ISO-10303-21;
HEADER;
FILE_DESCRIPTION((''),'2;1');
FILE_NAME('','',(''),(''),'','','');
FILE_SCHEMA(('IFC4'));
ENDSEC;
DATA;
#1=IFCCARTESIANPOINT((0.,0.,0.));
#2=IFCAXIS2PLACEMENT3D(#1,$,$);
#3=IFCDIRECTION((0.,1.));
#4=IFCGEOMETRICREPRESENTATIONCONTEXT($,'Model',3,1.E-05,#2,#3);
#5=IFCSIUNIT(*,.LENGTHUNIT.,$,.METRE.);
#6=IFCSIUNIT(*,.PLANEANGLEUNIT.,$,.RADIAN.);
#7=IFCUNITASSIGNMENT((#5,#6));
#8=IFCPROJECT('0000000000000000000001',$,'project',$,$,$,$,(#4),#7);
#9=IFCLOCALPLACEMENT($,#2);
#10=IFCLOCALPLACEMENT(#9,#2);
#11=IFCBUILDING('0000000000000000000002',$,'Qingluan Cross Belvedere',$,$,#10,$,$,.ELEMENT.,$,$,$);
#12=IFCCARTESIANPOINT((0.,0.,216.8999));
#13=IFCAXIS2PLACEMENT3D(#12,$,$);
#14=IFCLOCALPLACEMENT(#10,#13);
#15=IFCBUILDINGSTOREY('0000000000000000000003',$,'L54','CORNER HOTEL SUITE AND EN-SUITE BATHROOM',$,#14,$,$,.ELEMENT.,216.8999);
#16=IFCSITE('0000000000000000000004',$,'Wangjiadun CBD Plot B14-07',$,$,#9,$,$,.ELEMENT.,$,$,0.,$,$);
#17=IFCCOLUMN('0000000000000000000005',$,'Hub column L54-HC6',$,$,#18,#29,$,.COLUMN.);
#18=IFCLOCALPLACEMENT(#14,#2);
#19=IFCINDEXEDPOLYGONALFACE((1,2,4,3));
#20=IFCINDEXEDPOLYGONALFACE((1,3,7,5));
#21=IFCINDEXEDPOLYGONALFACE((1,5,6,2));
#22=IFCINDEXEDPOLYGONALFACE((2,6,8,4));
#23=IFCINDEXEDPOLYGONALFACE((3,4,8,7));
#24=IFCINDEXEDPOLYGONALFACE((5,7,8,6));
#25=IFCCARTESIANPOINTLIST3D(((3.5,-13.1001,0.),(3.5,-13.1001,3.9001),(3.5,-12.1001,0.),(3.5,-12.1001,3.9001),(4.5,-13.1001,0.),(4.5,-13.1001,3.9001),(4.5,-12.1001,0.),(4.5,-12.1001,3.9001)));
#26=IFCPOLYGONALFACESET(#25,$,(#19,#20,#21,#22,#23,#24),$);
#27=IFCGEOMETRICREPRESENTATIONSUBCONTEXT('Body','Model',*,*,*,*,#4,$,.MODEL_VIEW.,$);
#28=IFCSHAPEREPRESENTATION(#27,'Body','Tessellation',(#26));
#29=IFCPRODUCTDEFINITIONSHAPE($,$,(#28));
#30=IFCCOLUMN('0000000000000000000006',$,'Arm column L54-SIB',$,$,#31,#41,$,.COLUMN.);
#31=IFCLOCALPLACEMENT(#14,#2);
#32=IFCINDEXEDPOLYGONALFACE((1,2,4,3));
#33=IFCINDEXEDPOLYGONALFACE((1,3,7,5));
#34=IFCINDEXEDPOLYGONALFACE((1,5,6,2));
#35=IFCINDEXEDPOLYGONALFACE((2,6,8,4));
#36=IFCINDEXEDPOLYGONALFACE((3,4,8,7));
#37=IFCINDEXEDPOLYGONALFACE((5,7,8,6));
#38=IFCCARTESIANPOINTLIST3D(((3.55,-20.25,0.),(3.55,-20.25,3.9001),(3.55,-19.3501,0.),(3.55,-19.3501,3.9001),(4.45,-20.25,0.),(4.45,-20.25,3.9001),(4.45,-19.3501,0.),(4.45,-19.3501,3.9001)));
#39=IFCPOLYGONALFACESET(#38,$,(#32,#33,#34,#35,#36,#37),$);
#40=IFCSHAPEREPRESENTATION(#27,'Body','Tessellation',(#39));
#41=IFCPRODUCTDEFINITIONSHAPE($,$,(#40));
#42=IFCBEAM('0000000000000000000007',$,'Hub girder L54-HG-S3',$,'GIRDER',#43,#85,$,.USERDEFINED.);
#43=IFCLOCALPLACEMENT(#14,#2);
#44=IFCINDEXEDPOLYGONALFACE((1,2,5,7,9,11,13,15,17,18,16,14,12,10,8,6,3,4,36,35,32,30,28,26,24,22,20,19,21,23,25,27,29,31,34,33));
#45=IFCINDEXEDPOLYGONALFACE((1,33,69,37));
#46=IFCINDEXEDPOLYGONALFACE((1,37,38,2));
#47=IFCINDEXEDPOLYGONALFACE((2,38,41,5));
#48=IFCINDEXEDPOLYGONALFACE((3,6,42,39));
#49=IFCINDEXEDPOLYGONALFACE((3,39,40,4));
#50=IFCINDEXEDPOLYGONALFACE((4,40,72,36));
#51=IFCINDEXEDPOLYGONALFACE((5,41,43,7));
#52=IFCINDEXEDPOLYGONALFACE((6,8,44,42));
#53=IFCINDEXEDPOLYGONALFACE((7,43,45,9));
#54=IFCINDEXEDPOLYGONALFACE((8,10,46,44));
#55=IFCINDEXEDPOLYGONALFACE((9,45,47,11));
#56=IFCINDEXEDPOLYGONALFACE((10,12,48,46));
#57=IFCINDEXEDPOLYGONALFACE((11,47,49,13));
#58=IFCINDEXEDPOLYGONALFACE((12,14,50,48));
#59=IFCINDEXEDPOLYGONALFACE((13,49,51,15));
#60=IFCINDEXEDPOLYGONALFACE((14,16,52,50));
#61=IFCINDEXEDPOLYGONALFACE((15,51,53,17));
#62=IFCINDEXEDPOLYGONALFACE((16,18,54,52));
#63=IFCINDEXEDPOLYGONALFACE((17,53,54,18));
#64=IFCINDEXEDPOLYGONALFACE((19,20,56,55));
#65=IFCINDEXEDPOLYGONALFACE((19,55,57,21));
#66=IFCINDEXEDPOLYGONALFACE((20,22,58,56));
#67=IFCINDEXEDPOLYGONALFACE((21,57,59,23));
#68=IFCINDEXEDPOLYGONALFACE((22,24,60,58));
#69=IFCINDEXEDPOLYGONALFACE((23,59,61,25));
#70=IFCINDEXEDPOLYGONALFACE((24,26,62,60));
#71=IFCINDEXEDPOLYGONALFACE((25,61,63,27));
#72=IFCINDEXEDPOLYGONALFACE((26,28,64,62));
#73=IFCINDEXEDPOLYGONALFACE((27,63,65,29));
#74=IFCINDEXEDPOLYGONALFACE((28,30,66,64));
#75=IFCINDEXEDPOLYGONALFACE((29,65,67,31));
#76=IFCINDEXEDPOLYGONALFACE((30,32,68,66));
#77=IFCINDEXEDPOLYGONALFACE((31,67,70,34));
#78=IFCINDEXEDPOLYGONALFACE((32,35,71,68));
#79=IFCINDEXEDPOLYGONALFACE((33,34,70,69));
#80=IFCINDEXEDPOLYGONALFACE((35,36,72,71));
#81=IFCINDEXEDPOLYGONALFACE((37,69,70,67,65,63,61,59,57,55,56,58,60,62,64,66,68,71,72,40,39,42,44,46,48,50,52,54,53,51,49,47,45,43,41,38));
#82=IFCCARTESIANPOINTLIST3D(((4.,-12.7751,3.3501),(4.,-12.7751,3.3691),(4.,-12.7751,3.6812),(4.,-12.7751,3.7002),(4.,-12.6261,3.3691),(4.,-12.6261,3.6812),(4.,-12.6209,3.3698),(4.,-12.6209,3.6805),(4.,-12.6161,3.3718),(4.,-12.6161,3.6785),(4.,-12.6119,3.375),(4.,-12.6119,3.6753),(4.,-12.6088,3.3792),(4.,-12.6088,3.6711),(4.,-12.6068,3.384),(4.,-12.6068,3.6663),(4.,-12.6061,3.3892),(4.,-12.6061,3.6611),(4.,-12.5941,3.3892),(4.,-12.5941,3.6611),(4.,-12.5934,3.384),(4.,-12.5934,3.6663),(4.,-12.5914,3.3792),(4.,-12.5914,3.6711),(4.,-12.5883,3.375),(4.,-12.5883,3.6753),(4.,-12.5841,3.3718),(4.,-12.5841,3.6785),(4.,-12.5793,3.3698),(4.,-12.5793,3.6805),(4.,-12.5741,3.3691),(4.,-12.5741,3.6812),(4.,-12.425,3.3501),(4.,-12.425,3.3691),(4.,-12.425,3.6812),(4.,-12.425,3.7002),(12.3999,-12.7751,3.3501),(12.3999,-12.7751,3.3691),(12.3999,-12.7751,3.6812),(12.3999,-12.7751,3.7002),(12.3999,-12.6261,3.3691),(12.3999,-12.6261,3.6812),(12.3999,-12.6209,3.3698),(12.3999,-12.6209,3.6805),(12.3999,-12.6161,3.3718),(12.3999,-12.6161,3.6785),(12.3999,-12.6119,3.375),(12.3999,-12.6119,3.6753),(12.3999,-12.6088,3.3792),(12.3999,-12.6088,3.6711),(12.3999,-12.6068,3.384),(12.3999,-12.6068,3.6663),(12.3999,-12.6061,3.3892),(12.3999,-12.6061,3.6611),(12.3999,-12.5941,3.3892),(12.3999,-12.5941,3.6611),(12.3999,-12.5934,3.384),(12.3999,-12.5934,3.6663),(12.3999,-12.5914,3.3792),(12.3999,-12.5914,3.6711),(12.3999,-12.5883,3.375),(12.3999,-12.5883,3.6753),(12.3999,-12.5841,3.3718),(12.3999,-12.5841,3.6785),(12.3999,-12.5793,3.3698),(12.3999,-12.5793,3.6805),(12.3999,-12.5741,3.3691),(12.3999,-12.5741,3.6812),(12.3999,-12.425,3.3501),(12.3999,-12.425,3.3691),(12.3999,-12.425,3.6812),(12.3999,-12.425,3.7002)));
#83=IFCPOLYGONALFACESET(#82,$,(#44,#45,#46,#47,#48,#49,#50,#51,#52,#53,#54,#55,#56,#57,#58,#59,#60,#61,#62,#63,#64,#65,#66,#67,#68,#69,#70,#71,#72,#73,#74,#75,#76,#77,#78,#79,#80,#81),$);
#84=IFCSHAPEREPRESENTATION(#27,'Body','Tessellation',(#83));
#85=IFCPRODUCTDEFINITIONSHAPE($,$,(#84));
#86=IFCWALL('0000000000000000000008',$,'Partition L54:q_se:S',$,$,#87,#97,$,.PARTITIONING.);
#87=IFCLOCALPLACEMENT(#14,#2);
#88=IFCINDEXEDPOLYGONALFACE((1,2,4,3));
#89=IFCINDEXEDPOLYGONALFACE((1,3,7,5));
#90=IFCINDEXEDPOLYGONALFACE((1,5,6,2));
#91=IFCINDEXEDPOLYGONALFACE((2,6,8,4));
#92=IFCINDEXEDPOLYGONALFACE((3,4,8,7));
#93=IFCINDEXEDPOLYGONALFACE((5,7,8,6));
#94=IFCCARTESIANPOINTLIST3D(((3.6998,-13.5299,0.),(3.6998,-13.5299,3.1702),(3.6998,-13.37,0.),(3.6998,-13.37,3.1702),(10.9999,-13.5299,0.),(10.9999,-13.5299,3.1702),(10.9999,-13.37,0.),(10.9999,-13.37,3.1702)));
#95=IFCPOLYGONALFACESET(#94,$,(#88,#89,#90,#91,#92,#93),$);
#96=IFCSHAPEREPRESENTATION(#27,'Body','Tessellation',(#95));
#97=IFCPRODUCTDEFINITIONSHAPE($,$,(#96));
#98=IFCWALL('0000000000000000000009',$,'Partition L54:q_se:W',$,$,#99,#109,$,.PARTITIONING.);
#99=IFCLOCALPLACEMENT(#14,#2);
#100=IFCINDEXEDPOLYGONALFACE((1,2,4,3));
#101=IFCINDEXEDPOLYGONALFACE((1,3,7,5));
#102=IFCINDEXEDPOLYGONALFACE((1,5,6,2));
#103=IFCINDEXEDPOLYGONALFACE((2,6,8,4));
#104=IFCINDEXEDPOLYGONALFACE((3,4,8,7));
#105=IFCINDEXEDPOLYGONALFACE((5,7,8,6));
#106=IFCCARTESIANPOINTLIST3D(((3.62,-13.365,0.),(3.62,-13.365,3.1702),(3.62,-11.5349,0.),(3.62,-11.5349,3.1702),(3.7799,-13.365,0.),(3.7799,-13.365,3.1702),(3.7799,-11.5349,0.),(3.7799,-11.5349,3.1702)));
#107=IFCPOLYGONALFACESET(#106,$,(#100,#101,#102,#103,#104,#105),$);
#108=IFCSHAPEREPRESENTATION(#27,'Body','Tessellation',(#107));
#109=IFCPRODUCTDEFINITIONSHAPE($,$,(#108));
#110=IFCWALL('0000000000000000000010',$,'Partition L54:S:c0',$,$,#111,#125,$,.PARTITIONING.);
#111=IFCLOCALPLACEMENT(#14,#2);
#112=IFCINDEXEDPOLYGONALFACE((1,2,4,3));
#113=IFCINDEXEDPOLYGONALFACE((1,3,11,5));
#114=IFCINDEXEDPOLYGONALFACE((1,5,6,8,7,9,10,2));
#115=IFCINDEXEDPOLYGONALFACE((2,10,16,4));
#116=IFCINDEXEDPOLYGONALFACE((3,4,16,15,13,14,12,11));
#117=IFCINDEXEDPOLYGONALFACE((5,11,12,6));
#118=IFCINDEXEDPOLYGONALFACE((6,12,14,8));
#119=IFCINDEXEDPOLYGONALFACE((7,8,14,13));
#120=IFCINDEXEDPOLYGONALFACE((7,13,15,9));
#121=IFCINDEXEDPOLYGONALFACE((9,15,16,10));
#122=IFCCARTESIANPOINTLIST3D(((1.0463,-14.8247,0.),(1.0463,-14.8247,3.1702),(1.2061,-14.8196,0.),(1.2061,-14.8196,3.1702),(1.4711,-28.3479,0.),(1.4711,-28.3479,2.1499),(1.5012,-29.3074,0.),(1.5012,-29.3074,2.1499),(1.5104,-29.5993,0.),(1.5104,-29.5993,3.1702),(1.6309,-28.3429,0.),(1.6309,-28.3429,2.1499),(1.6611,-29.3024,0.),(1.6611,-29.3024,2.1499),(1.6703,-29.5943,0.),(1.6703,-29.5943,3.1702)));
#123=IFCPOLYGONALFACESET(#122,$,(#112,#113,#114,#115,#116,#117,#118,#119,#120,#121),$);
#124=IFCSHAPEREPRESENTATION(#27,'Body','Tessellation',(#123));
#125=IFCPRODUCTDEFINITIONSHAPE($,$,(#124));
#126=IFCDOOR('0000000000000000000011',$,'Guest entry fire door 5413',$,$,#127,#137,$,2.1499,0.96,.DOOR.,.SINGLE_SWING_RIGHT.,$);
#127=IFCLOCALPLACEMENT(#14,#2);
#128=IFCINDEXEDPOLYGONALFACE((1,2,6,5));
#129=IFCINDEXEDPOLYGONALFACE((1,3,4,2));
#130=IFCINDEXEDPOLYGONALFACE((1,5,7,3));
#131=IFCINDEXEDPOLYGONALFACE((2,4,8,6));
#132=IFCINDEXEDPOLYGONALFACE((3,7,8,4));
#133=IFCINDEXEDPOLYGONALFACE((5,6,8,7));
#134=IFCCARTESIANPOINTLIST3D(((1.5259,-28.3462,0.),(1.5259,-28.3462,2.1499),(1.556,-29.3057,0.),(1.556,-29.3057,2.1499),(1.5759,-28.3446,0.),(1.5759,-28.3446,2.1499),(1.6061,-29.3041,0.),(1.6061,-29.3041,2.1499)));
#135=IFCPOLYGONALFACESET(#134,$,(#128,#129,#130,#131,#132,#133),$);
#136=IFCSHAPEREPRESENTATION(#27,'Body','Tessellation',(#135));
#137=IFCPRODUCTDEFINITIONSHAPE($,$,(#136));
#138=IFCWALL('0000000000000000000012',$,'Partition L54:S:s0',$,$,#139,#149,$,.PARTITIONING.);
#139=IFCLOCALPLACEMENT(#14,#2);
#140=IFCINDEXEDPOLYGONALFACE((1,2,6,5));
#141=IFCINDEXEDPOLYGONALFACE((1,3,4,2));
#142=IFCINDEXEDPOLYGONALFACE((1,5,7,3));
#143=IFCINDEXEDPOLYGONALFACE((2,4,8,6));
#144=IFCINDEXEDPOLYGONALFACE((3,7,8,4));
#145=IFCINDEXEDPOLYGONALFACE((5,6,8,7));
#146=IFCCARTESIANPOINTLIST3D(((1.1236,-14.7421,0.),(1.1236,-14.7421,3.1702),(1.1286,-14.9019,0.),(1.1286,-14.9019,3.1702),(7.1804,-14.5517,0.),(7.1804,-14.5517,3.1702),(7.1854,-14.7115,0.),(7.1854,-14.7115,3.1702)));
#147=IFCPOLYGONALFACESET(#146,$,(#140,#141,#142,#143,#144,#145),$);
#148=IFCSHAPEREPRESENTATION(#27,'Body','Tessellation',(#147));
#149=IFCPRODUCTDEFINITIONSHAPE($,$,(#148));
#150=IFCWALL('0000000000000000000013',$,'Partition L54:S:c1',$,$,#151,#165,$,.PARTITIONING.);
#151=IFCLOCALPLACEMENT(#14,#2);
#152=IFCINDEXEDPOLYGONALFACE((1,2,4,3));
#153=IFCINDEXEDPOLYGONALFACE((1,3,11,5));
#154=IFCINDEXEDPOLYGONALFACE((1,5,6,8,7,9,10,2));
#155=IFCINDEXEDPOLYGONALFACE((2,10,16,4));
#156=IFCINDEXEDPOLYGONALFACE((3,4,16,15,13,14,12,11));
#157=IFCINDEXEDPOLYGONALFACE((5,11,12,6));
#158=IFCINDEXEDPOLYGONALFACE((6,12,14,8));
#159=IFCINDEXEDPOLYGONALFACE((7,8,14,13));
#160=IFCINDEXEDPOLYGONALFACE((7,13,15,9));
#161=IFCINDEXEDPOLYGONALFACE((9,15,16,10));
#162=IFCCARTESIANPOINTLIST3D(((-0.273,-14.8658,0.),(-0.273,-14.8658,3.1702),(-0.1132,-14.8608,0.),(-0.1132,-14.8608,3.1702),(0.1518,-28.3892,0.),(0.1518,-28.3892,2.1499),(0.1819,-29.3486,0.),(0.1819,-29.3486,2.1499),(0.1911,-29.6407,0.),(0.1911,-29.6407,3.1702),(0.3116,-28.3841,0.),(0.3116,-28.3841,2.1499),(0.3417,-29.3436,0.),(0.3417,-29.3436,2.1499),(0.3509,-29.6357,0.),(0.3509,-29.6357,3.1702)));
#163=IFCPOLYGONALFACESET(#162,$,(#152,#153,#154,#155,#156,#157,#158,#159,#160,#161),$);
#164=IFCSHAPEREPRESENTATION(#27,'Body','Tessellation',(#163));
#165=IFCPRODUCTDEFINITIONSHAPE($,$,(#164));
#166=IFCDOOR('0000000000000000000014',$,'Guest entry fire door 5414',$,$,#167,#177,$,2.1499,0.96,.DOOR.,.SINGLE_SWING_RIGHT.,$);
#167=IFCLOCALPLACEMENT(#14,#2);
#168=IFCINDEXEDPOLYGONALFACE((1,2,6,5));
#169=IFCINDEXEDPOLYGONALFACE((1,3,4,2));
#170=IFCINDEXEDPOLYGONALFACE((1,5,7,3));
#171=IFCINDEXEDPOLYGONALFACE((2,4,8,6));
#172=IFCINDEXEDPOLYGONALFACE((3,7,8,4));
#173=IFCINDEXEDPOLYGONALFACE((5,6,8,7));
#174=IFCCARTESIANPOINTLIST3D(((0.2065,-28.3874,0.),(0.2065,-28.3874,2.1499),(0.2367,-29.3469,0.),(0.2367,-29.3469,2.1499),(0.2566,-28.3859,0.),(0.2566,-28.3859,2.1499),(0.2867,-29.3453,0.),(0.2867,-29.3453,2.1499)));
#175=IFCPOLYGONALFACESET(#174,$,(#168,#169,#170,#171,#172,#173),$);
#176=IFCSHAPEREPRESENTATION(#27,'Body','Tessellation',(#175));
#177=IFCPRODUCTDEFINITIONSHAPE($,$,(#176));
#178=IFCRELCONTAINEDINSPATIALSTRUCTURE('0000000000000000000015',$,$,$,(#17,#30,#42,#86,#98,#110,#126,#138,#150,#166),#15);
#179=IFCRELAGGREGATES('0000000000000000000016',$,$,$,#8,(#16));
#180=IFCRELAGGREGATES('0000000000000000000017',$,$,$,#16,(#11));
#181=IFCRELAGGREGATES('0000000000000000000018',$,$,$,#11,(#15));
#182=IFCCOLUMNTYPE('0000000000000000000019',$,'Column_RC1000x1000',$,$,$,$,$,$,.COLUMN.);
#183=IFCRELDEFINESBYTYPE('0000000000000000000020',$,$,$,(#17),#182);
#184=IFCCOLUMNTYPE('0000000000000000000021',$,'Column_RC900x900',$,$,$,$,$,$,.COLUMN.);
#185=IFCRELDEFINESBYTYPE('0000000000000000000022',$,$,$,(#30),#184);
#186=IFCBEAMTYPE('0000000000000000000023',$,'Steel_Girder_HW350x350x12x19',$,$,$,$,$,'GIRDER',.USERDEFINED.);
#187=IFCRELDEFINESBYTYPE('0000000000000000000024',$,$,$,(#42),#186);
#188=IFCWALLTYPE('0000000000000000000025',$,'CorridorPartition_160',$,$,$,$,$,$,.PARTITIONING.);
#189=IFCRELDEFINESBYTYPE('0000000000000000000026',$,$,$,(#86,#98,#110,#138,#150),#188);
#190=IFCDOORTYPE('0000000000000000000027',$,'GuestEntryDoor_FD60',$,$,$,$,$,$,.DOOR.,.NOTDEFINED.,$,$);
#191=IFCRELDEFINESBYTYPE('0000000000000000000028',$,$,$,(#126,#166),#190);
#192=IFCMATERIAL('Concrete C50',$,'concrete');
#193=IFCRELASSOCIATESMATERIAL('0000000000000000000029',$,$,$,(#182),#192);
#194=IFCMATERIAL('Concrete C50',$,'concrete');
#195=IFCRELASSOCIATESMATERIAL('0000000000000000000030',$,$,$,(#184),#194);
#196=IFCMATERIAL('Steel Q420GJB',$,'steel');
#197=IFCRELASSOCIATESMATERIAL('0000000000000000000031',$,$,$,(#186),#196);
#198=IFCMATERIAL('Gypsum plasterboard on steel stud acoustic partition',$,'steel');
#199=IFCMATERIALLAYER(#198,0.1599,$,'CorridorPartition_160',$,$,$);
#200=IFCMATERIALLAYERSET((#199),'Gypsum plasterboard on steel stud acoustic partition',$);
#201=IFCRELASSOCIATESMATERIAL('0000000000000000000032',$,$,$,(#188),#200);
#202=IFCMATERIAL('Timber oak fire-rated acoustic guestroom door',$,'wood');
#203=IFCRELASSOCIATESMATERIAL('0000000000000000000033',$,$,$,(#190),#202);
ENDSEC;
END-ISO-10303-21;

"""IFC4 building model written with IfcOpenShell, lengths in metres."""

from ifc_helpers import new_model, si_unit, direction, frame, frame_2d, origin, origin_2d, place, context, subcontext, project, spatial, rectangle, i_section, extrude, material, layer, layer_set, material_profile, profile_set, type_object, element, fill, save


model = new_model("IFC4")

# Units and contexts
model_context = context("Model", 3, precision=1e-05, world=origin(), true_north=direction((0.0, 1.0)))
body_context = subcontext(model_context, "Body", "Model", "MODEL_VIEW")
ifc_project = project(units=[si_unit("LENGTHUNIT", "METRE"), si_unit("PLANEANGLEUNIT", "RADIAN")], contexts=[model_context])

# Site, building, storey
site_placement = place(None, origin())
site = spatial("IfcSite", under=ifc_project, at=site_placement, Name="Wangjiadun CBD Plot B14-07", CompositionType="ELEMENT", RefElevation=0.0)
building_placement = place(site_placement, origin())
building = spatial("IfcBuilding", under=site, at=building_placement, Name="Qingluan Cross Belvedere", CompositionType="ELEMENT")
storey_placement = place(building_placement, frame((0.0, 0.0, 216.8999)))
storey = spatial("IfcBuildingStorey", under=building, at=storey_placement, Name="L54", Description="CORNER HOTEL SUITE AND EN-SUITE BATHROOM", CompositionType="ELEMENT", Elevation=216.8999)

# Columns
ifc_material_1 = material(Name="Concrete C50", Category="concrete")
ifc_material_profile_1 = material_profile(ifc_material_1, rectangle(XDim=1.0, YDim=1.0, at=origin_2d()), Name="RC1000x1000")
ifc_profile_set_1 = profile_set([ifc_material_profile_1], Name="Concrete C50")
column_type_1 = type_object("IfcColumnType", Name="Column_RC1000x1000", PredefinedType="COLUMN", material=ifc_profile_set_1)
column_1_placement = place(storey_placement, frame((4.0, -12.6001, 0.0), z_axis=(0.0, 0.0, 1.0), x_axis=(1.0, 0.0, 0.0)))
element("IfcColumn", 1, at=column_1_placement, inside=storey, type_object=column_type_1, Name="Hub column L54-HC6", PredefinedType="COLUMN", context=body_context, shape_type="SweptSolid", body=[
    extrude(rectangle(XDim=1.0, YDim=1.0, at=origin_2d()), origin(), (0.0, 0.0, 1.0), 3.9001),
])
ifc_material_2 = material(Name="Concrete C50", Category="concrete")
ifc_material_profile_2 = material_profile(ifc_material_2, rectangle(XDim=0.8999, YDim=0.8999, at=origin_2d()), Name="RC900x900")
ifc_profile_set_2 = profile_set([ifc_material_profile_2], Name="Concrete C50")
column_type_2 = type_object("IfcColumnType", Name="Column_RC900x900", PredefinedType="COLUMN", material=ifc_profile_set_2)
column_2_placement = place(storey_placement, frame((4.0, -19.8, 0.0), z_axis=(0.0, 0.0, 1.0), x_axis=(1.0, 0.0, 0.0)))
element("IfcColumn", 2, at=column_2_placement, inside=storey, type_object=column_type_2, Name="Arm column L54-SIB", PredefinedType="COLUMN", context=body_context, shape_type="SweptSolid", body=[
    extrude(rectangle(XDim=0.8999, YDim=0.8999, at=origin_2d()), origin(), (0.0, 0.0, 1.0), 3.9001),
])

# Beam
ifc_material_3 = material(Name="Steel Q420GJB", Category="steel")
ifc_material_profile_3 = material_profile(ifc_material_3, i_section(OverallWidth=0.3501, OverallDepth=0.3501, WebThickness=0.012, FlangeThickness=0.019, FilletRadius=0.02, at=origin_2d()), Name="HW350x350x12x19")
ifc_profile_set_3 = profile_set([ifc_material_profile_3], Name="Steel Q420GJB")
beam_type = type_object("IfcBeamType", Name="Steel_Girder_HW350x350x12x19", ElementType="GIRDER", PredefinedType="USERDEFINED", material=ifc_profile_set_3)
beam_placement = place(storey_placement, frame((4.0, -12.6001, 3.5251), z_axis=(1.0, 0.0, 0.0), x_axis=(0.0, 1.0, 0.0)))
element("IfcBeam", 3, at=beam_placement, inside=storey, type_object=beam_type, Name="Hub girder L54-HG-S3", ObjectType="GIRDER", PredefinedType="USERDEFINED", context=body_context, shape_type="SweptSolid", body=[
    extrude(i_section(OverallWidth=0.3501, OverallDepth=0.3501, WebThickness=0.012, FlangeThickness=0.019, FilletRadius=0.02, at=origin_2d()), origin(), (0.0, 0.0, 1.0), 8.3999),
])

# Walls
ifc_material_4 = material(Name="Gypsum plasterboard on steel stud acoustic partition", Category="steel")
ifc_layer_1 = layer(ifc_material_4, 0.1599, Name="CorridorPartition_160")
ifc_layer_set_1 = layer_set([ifc_layer_1], Name="Gypsum plasterboard on steel stud acoustic partition")
wall_type_1 = type_object("IfcWallType", Name="CorridorPartition_160", PredefinedType="PARTITIONING", material=ifc_layer_set_1)
wall_1_placement = place(storey_placement, frame((3.7, -13.45, 0.0), z_axis=(0.0, 0.0, 1.0), x_axis=(1.0, 0.0, 0.0)))
element("IfcWall", 4, at=wall_1_placement, inside=storey, type_object=wall_type_1, Name="Partition L54:q_se:S", PredefinedType="PARTITIONING", context=body_context, shape_type="SweptSolid", body=[
    extrude(rectangle(XDim=7.3, YDim=0.1599, at=frame_2d((3.6499, 0.0))), origin(), (0.0, 0.0, 1.0), 3.1702),
])
wall_2_placement = place(storey_placement, frame((3.7, -13.365, 0.0), z_axis=(0.0, 0.0, 1.0), x_axis=(0.0, 1.0, 0.0)))
element("IfcWall", 5, at=wall_2_placement, inside=storey, type_object=wall_type_1, Name="Partition L54:q_se:W", PredefinedType="PARTITIONING", context=body_context, shape_type="SweptSolid", body=[
    extrude(rectangle(XDim=1.8301, YDim=0.1599, at=frame_2d((0.915, 0.0))), origin(), (0.0, 0.0, 1.0), 3.1702),
])

# Wall, opening, door
wall_3_placement = place(storey_placement, frame((1.1262, -14.822, 0.0), z_axis=(0.0, 0.0, 1.0), x_axis=(0.031397, -0.999507, 0.0)))
wall_3 = element("IfcWall", 6, at=wall_3_placement, inside=storey, type_object=wall_type_1, Name="Partition L54:S:c0", PredefinedType="PARTITIONING", context=body_context, shape_type="SweptSolid", body=[
    extrude(rectangle(XDim=14.782, YDim=0.1599, at=frame_2d((7.3911, 0.0))), origin(), (0.0, 0.0, 1.0), 3.1702),
])
opening_1_placement = place(wall_3_placement, frame((13.53, 0.0, 0.0)))
opening_1 = element("IfcOpeningElement", 7, at=opening_1_placement, cuts=wall_3, PredefinedType="OPENING", context=body_context, shape_type="SweptSolid", body=[
    extrude(rectangle(XDim=0.96, YDim=2.1499, at=frame_2d((0.48, 1.075))), frame((0.0, 0.0898, 0.0), z_axis=(0.0, -1.0, 0.0), x_axis=(1.0, 0.0, 0.0)), (0.0, 0.0, 1.0), 0.1799),
])
ifc_material_5 = material(Name="Timber oak fire-rated acoustic guestroom door", Category="wood")
door_type_1 = type_object("IfcDoorType", Name="GuestEntryDoor_FD60", OperationType="NOTDEFINED", PredefinedType="DOOR", material=ifc_material_5)
door_1_placement = place(opening_1_placement, origin())
door_1 = element("IfcDoor", 8, at=door_1_placement, inside=storey, type_object=door_type_1, Name="Guest entry fire door 5413", OperationType="SINGLE_SWING_RIGHT", OverallHeight=2.1499, OverallWidth=0.96, PredefinedType="DOOR", context=body_context, shape_type="SweptSolid", body=[
    extrude(rectangle(XDim=0.96, YDim=2.1499, at=frame_2d((0.48, 1.075))), frame((0.0, 0.0249, 0.0), z_axis=(0.0, -1.0, 0.0), x_axis=(1.0, 0.0, 0.0)), (0.0, 0.0, 1.0), 0.05),
])
fill(opening_1, door_1)

# Wall
wall_4_placement = place(storey_placement, frame((1.1262, -14.822, 0.0), z_axis=(0.0, 0.0, 1.0), x_axis=(0.999506, 0.031425, 0.0)))
element("IfcWall", 9, at=wall_4_placement, inside=storey, type_object=wall_type_1, Name="Partition L54:S:s0", PredefinedType="PARTITIONING", context=body_context, shape_type="SweptSolid", body=[
    extrude(rectangle(XDim=6.0598, YDim=0.1599, at=frame_2d((3.0298, 0.0))), origin(), (0.0, 0.0, 1.0), 3.1702),
])

# Wall, opening, door
wall_5_placement = place(storey_placement, frame((-0.1931, -14.8633, 0.0), z_axis=(0.0, 0.0, 1.0), x_axis=(0.031397, -0.999507, 0.0)))
wall_5 = element("IfcWall", 10, at=wall_5_placement, inside=storey, type_object=wall_type_1, Name="Partition L54:S:c1", PredefinedType="PARTITIONING", context=body_context, shape_type="SweptSolid", body=[
    extrude(rectangle(XDim=14.7822, YDim=0.1599, at=frame_2d((7.3911, 0.0))), origin(), (0.0, 0.0, 1.0), 3.1702),
])
opening_2_placement = place(wall_5_placement, frame((13.53, 0.0, 0.0)))
opening_2 = element("IfcOpeningElement", 11, at=opening_2_placement, cuts=wall_5, PredefinedType="OPENING", context=body_context, shape_type="SweptSolid", body=[
    extrude(rectangle(XDim=0.96, YDim=2.1499, at=frame_2d((0.48, 1.075))), frame((0.0, 0.0898, 0.0), z_axis=(0.0, -1.0, 0.0), x_axis=(1.0, 0.0, 0.0)), (0.0, 0.0, 1.0), 0.1799),
])
door_2_placement = place(opening_2_placement, origin())
door_2 = element("IfcDoor", 12, at=door_2_placement, inside=storey, type_object=door_type_1, Name="Guest entry fire door 5414", OperationType="SINGLE_SWING_RIGHT", OverallHeight=2.1499, OverallWidth=0.96, PredefinedType="DOOR", context=body_context, shape_type="SweptSolid", body=[
    extrude(rectangle(XDim=0.96, YDim=2.1499, at=frame_2d((0.48, 1.075))), frame((0.0, 0.0249, 0.0), z_axis=(0.0, -1.0, 0.0), x_axis=(1.0, 0.0, 0.0)), (0.0, 0.0, 1.0), 0.05),
])
fill(opening_2, door_2)

save(model, "model.ifc")
